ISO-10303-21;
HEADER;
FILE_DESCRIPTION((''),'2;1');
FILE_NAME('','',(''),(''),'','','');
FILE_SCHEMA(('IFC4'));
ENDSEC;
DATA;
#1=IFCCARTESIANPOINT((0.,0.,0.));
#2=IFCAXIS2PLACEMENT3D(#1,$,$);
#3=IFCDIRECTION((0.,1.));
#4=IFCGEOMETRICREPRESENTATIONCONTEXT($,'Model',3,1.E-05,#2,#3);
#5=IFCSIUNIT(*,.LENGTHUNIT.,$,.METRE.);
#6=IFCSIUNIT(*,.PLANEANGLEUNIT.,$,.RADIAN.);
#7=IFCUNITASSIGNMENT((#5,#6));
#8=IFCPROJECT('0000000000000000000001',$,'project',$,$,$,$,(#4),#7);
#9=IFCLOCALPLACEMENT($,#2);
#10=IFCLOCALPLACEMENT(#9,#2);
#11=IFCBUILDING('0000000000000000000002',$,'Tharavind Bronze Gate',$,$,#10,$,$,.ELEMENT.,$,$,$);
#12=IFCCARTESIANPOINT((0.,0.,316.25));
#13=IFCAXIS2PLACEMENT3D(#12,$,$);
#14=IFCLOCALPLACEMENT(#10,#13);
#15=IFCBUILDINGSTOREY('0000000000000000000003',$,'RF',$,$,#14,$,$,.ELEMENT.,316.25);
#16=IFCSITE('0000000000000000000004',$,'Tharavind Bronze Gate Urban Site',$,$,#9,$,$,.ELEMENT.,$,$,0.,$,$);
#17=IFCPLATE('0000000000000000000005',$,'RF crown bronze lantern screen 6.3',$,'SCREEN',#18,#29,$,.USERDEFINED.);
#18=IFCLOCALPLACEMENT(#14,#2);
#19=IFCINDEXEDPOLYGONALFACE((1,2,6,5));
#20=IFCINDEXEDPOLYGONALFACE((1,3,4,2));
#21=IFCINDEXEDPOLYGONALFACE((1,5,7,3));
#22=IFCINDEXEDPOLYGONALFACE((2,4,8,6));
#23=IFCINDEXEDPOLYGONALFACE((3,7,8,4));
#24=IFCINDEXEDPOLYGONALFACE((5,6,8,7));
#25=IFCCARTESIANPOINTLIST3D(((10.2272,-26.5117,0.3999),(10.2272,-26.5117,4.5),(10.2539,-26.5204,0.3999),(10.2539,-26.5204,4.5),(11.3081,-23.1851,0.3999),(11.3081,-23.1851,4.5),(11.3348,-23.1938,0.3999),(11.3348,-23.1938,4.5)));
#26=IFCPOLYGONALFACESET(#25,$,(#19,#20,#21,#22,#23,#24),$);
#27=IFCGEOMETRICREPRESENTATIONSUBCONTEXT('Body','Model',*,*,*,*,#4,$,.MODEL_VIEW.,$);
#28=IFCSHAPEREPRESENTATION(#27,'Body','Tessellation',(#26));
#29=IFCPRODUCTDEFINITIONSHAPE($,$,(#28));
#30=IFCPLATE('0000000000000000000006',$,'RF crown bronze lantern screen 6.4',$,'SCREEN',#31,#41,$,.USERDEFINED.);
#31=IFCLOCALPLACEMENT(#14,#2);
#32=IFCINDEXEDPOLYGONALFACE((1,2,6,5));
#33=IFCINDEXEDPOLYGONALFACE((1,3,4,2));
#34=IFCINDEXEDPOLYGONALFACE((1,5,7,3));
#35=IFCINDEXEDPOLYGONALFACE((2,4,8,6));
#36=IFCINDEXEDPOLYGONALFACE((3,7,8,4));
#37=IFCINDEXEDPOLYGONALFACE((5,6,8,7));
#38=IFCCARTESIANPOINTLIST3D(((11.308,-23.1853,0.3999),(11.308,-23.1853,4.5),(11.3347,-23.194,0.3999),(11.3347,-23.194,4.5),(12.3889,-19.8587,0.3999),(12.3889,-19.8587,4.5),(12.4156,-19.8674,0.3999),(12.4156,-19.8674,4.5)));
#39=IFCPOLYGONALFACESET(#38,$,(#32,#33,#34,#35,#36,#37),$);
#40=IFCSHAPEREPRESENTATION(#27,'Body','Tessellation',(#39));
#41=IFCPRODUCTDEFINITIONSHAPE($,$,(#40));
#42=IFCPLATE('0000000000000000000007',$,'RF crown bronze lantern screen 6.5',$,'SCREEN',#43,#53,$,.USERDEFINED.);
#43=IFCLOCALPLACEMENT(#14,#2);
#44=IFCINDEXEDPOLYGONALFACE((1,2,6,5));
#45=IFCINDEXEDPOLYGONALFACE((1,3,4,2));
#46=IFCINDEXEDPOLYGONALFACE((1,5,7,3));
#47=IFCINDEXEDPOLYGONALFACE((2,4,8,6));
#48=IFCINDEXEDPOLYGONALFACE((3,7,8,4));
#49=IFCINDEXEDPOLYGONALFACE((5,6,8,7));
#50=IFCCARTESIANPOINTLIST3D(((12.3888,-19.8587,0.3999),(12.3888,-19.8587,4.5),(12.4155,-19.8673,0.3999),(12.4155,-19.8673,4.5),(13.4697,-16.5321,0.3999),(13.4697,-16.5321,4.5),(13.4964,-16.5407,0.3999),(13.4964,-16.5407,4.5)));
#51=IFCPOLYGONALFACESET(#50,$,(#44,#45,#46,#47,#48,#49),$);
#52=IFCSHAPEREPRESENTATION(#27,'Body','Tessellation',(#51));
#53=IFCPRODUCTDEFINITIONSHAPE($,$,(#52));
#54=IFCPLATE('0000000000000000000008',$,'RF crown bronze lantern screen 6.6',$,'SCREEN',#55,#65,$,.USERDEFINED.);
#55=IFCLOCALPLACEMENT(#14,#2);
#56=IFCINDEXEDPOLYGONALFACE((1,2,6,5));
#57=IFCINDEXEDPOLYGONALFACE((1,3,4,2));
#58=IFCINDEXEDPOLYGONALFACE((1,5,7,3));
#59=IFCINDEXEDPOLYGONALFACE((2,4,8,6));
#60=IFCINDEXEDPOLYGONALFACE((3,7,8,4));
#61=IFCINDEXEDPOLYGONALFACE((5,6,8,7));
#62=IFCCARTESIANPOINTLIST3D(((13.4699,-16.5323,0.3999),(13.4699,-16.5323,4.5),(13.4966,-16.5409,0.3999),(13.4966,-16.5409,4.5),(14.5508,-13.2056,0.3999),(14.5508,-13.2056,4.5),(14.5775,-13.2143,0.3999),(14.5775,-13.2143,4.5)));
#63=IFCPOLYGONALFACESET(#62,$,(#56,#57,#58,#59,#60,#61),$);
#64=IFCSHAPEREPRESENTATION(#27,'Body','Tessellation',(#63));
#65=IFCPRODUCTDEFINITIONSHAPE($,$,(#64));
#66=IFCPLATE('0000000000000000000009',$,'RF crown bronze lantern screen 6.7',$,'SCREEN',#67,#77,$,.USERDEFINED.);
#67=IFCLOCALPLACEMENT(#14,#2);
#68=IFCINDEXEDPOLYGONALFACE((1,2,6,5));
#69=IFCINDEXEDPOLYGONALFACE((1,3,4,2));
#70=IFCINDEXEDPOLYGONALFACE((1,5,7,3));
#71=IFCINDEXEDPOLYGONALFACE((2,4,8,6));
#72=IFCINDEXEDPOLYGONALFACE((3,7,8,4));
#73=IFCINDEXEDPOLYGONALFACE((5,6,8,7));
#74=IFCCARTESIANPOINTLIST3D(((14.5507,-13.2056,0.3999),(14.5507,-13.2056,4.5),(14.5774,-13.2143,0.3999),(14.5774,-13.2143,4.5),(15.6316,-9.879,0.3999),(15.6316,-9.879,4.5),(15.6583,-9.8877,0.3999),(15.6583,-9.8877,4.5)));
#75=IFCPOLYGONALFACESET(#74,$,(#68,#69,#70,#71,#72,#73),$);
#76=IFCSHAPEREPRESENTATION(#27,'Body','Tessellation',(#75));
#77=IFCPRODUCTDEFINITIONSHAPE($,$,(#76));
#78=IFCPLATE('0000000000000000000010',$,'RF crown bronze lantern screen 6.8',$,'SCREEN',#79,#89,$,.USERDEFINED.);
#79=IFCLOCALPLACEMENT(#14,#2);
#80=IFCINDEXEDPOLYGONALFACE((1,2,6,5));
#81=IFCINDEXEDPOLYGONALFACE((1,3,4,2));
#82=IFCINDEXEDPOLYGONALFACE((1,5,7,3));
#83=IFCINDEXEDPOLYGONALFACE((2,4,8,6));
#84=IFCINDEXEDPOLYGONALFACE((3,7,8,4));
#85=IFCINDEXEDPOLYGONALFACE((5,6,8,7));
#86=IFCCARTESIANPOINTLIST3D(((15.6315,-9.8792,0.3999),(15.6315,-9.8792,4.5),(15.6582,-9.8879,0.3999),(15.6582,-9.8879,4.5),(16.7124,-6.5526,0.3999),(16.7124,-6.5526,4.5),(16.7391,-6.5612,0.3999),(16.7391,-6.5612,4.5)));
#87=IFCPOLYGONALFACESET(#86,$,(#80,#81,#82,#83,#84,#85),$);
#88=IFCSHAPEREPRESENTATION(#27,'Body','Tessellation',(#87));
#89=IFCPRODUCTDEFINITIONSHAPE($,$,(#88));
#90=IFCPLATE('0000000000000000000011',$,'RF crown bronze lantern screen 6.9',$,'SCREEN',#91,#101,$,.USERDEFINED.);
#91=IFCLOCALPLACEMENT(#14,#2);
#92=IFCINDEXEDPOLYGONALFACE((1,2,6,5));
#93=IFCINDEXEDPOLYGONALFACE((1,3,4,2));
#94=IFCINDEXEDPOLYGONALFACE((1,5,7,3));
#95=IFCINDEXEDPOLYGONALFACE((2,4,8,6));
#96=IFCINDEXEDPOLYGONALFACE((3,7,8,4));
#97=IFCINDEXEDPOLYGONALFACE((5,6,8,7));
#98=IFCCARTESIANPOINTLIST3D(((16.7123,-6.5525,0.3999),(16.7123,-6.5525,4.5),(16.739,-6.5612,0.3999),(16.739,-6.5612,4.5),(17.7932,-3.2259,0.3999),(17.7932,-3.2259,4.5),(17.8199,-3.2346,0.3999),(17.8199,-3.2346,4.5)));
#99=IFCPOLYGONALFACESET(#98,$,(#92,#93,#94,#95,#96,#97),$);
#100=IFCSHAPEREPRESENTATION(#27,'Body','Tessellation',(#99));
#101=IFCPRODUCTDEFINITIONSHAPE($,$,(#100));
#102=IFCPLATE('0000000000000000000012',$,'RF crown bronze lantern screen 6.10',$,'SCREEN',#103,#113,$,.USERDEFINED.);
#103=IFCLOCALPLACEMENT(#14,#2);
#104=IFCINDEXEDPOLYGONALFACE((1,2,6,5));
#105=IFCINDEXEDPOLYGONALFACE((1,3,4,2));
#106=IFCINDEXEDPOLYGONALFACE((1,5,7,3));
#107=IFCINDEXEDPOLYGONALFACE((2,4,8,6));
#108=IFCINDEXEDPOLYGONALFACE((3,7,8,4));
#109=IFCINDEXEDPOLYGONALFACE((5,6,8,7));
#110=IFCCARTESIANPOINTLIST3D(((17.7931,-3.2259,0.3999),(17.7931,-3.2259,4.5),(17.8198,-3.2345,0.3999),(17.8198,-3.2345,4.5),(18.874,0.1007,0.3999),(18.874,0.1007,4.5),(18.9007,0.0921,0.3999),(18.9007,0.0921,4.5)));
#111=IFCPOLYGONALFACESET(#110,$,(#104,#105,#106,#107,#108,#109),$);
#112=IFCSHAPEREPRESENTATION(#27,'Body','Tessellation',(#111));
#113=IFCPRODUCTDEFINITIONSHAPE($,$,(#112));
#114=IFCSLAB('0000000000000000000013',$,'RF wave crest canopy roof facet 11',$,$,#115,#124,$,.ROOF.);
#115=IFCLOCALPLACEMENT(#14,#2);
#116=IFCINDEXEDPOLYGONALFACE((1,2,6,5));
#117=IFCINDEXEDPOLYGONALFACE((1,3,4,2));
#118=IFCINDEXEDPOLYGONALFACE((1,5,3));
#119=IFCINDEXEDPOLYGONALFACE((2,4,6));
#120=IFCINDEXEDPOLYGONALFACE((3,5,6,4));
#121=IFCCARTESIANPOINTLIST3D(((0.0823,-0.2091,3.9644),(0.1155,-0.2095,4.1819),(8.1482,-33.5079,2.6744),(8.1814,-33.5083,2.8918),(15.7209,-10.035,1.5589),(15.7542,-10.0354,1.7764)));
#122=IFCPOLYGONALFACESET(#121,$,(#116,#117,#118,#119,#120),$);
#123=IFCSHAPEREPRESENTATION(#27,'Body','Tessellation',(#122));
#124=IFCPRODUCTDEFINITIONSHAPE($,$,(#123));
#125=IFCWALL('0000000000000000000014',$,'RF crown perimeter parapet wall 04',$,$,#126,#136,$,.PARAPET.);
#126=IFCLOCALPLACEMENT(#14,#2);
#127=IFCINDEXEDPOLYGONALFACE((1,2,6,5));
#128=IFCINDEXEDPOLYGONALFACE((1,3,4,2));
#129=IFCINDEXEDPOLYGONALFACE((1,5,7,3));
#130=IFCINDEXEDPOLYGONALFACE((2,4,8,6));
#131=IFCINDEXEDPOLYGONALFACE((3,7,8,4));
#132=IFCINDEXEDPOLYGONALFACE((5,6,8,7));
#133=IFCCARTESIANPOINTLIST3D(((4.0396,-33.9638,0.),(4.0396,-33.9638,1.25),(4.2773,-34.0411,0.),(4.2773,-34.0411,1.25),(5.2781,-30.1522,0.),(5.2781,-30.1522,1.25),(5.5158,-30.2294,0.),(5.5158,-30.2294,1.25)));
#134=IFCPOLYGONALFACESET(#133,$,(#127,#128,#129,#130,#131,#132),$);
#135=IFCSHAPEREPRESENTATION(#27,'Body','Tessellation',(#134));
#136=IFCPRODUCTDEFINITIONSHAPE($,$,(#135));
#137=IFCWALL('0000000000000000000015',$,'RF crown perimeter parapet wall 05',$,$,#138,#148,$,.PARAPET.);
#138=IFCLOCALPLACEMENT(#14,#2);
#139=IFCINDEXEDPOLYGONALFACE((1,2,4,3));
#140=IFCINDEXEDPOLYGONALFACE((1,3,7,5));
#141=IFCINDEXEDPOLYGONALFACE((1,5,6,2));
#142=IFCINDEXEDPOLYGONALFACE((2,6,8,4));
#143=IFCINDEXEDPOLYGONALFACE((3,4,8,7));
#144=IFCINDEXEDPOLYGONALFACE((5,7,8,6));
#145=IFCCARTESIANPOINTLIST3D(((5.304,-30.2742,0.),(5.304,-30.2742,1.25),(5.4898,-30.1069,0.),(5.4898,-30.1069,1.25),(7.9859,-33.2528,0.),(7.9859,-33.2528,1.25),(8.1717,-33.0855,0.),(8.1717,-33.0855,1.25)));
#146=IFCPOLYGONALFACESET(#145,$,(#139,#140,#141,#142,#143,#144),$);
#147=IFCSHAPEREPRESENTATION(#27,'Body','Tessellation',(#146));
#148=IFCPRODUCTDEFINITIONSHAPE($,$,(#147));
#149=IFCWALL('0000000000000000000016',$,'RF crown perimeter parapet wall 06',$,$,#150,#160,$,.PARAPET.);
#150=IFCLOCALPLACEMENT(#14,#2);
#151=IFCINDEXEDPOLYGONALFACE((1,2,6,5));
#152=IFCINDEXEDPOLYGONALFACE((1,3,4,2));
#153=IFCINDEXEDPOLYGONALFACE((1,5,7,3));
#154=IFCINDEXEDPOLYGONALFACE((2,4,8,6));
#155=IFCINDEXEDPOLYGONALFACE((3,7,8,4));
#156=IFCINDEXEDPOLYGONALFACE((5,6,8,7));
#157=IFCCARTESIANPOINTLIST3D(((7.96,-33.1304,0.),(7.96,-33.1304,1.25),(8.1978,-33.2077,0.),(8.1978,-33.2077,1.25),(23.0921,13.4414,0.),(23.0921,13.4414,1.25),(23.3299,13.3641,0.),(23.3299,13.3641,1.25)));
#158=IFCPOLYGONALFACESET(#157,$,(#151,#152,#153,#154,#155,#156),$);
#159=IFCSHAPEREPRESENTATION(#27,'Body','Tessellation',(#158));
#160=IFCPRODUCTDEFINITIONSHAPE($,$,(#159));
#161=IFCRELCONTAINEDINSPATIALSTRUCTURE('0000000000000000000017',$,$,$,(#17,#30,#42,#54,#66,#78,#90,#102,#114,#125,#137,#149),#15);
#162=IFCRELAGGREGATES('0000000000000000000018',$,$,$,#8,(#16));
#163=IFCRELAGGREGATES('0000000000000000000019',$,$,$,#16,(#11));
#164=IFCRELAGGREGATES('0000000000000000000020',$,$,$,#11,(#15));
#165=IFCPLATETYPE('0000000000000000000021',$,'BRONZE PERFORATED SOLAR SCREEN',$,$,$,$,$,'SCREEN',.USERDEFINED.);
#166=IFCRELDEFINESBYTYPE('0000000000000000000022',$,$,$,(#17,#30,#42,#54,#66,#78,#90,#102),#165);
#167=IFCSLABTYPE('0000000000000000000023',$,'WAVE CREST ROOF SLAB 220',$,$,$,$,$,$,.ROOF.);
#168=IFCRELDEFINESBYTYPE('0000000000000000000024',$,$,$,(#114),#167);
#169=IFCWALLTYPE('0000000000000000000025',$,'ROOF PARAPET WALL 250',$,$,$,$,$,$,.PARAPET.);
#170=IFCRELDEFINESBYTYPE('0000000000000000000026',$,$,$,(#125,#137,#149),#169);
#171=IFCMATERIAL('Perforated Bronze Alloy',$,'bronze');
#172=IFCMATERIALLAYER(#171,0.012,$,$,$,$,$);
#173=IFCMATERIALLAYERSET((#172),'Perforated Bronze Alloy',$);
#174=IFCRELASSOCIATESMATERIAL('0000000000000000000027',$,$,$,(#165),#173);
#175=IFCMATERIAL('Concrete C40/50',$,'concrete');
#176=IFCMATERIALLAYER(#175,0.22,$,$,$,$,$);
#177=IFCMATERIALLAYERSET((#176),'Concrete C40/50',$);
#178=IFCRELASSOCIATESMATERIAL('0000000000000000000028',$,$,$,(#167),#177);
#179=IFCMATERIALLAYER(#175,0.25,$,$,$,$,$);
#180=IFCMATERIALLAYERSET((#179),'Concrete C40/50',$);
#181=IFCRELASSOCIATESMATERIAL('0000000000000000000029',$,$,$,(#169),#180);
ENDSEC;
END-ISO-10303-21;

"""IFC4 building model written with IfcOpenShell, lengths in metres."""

from ifc_helpers import new_model, si_unit, direction, frame, frame_2d, origin, origin_2d, place, context, subcontext, project, spatial, polyline, rectangle, outline, extrude, material, layer, layer_set, type_object, element, save


model = new_model("IFC4")

# Units and contexts
model_context = context("Model", 3, precision=1e-05, world=origin(), true_north=direction((0.0, 1.0)))
body_context = subcontext(model_context, "Body", "Model", "MODEL_VIEW")
ifc_project = project(units=[si_unit("LENGTHUNIT", "METRE"), si_unit("PLANEANGLEUNIT", "RADIAN")], contexts=[model_context])

# Site, building, storey
site_placement = place(None, origin())
site = spatial("IfcSite", under=ifc_project, at=site_placement, Name="Tharavind Bronze Gate Urban Site", CompositionType="ELEMENT", RefElevation=0.0)
building_placement = place(site_placement, origin())
building = spatial("IfcBuilding", under=site, at=building_placement, Name="Tharavind Bronze Gate", CompositionType="ELEMENT")
storey_placement = place(building_placement, frame((0.0, 0.0, 316.25)))
storey = spatial("IfcBuildingStorey", under=building, at=storey_placement, Name="RF", CompositionType="ELEMENT", Elevation=316.25)

# Plates
ifc_material_1 = material(Name="Perforated Bronze Alloy", Category="bronze")
ifc_layer_1 = layer(ifc_material_1, 0.012)
ifc_layer_set_1 = layer_set([ifc_layer_1], Name="Perforated Bronze Alloy")
plate_type = type_object("IfcPlateType", Name="BRONZE PERFORATED SOLAR SCREEN", ElementType="SCREEN", PredefinedType="USERDEFINED", material=ifc_layer_set_1)
for number, where, z_axis, x_axis, name in (
    (1, (10.781, -24.8528, 0.3999), (0.0, 0.0, 1.0), (0.309017, 0.951057, 0.0), "RF crown bronze lantern screen 6.3"),
    (2, (11.8618, -21.5264, 0.3999), (0.0, 0.0, 1.0), (0.309017, 0.951057, 0.0), "RF crown bronze lantern screen 6.4"),
    (3, (12.9426, -18.1997, 0.3999), (0.0, 0.0, 1.0), (0.309017, 0.951057, 0.0), "RF crown bronze lantern screen 6.5"),
    (4, (14.0237, -14.8733, 0.3999), (0.0, 0.0, 1.0), (0.309017, 0.951057, 0.0), "RF crown bronze lantern screen 6.6"),
    (5, (15.1045, -11.5466, 0.3999), (0.0, 0.0, 1.0), (0.309017, 0.951057, 0.0), "RF crown bronze lantern screen 6.7"),
    (6, (16.1853, -8.2202, 0.3999), (0.0, 0.0, 1.0), (0.309017, 0.951057, 0.0), "RF crown bronze lantern screen 6.8"),
    (7, (17.2661, -4.8936, 0.3999), (0.0, 0.0, 1.0), (0.309017, 0.951057, 0.0), "RF crown bronze lantern screen 6.9"),
    (8, (18.3469, -1.5669, 0.3999), (0.0, 0.0, 1.0), (0.309017, 0.951057, 0.0), "RF crown bronze lantern screen 6.10"),
):
    element("IfcPlate", number, at=place(storey_placement, frame(where, z_axis=z_axis, x_axis=x_axis)), inside=storey, type_object=plate_type, Name=name, ObjectType="SCREEN", PredefinedType="USERDEFINED", context=body_context, shape_type="SweptSolid", body=[
        extrude(rectangle(XDim=3.4978, YDim=0.0281, at=origin_2d()), origin(), (0.0, 0.0, 1.0), 4.1001),
    ])

# Slab
ifc_material_2 = material(Name="Concrete C40/50", Category="concrete")
ifc_layer_2 = layer(ifc_material_2, 0.22)
ifc_layer_set_2 = layer_set([ifc_layer_2], Name="Concrete C40/50")
slab_type = type_object("IfcSlabType", Name="WAVE CREST ROOF SLAB 220", PredefinedType="ROOF", material=ifc_layer_set_2)
slab_placement = place(storey_placement, frame((0.1155, -0.2095, 4.1819), z_axis=(0.15097, -0.001728, 0.988537), x_axis=(0.235253, -0.971205, -0.037626)))
element("IfcSlab", 9, at=slab_placement, inside=storey, type_object=slab_type, Name="RF wave crest canopy roof facet 11", PredefinedType="ROOF", context=body_context, shape_type="SweptSolid", body=[
    extrude(outline(polyline([(0.0, 0.0), (34.2861, 0.0), (13.3126, 13.0261), (0.0, 0.0)])), origin(), (0.0, 0.0, -1.0), 0.22),
])

# Walls
ifc_layer_3 = layer(ifc_material_2, 0.25)
ifc_layer_set_3 = layer_set([ifc_layer_3], Name="Concrete C40/50")
wall_type = type_object("IfcWallType", Name="ROOF PARAPET WALL 250", PredefinedType="PARAPET", material=ifc_layer_set_3)
wall_1_placement = place(storey_placement, frame((4.1584, -34.0024, 0.0), z_axis=(0.0, 0.0, 1.0), x_axis=(0.309019, 0.951056, 0.0)))
element("IfcWall", 10, at=wall_1_placement, inside=storey, type_object=wall_type, Name="RF crown perimeter parapet wall 04", PredefinedType="PARAPET", context=body_context, shape_type="SweptSolid", body=[
    extrude(rectangle(XDim=4.0078, YDim=0.25, at=frame_2d((2.0039, 0.0))), origin(), (0.0, 0.0, 1.0), 1.25),
])
wall_2_placement = place(storey_placement, frame((5.397, -30.1907, 0.0), z_axis=(0.0, 0.0, 1.0), x_axis=(0.669133, -0.743143, 0.0)))
element("IfcWall", 11, at=wall_2_placement, inside=storey, type_object=wall_type, Name="RF crown perimeter parapet wall 05", PredefinedType="PARAPET", context=body_context, shape_type="SweptSolid", body=[
    extrude(rectangle(XDim=4.0081, YDim=0.25, at=frame_2d((2.0039, 0.0))), origin(), (0.0, 0.0, 1.0), 1.25),
])
wall_3_placement = place(storey_placement, frame((8.0789, -33.1692, 0.0), z_axis=(0.0, 0.0, 1.0), x_axis=(0.309017, 0.951057, 0.0)))
element("IfcWall", 12, at=wall_3_placement, inside=storey, type_object=wall_type, Name="RF crown perimeter parapet wall 06", PredefinedType="PARAPET", context=body_context, shape_type="SweptSolid", body=[
    extrude(rectangle(XDim=48.9685, YDim=0.25, at=frame_2d((24.4844, 0.0))), origin(), (0.0, 0.0, 1.0), 1.25),
])

save(model, "model.ifc")
